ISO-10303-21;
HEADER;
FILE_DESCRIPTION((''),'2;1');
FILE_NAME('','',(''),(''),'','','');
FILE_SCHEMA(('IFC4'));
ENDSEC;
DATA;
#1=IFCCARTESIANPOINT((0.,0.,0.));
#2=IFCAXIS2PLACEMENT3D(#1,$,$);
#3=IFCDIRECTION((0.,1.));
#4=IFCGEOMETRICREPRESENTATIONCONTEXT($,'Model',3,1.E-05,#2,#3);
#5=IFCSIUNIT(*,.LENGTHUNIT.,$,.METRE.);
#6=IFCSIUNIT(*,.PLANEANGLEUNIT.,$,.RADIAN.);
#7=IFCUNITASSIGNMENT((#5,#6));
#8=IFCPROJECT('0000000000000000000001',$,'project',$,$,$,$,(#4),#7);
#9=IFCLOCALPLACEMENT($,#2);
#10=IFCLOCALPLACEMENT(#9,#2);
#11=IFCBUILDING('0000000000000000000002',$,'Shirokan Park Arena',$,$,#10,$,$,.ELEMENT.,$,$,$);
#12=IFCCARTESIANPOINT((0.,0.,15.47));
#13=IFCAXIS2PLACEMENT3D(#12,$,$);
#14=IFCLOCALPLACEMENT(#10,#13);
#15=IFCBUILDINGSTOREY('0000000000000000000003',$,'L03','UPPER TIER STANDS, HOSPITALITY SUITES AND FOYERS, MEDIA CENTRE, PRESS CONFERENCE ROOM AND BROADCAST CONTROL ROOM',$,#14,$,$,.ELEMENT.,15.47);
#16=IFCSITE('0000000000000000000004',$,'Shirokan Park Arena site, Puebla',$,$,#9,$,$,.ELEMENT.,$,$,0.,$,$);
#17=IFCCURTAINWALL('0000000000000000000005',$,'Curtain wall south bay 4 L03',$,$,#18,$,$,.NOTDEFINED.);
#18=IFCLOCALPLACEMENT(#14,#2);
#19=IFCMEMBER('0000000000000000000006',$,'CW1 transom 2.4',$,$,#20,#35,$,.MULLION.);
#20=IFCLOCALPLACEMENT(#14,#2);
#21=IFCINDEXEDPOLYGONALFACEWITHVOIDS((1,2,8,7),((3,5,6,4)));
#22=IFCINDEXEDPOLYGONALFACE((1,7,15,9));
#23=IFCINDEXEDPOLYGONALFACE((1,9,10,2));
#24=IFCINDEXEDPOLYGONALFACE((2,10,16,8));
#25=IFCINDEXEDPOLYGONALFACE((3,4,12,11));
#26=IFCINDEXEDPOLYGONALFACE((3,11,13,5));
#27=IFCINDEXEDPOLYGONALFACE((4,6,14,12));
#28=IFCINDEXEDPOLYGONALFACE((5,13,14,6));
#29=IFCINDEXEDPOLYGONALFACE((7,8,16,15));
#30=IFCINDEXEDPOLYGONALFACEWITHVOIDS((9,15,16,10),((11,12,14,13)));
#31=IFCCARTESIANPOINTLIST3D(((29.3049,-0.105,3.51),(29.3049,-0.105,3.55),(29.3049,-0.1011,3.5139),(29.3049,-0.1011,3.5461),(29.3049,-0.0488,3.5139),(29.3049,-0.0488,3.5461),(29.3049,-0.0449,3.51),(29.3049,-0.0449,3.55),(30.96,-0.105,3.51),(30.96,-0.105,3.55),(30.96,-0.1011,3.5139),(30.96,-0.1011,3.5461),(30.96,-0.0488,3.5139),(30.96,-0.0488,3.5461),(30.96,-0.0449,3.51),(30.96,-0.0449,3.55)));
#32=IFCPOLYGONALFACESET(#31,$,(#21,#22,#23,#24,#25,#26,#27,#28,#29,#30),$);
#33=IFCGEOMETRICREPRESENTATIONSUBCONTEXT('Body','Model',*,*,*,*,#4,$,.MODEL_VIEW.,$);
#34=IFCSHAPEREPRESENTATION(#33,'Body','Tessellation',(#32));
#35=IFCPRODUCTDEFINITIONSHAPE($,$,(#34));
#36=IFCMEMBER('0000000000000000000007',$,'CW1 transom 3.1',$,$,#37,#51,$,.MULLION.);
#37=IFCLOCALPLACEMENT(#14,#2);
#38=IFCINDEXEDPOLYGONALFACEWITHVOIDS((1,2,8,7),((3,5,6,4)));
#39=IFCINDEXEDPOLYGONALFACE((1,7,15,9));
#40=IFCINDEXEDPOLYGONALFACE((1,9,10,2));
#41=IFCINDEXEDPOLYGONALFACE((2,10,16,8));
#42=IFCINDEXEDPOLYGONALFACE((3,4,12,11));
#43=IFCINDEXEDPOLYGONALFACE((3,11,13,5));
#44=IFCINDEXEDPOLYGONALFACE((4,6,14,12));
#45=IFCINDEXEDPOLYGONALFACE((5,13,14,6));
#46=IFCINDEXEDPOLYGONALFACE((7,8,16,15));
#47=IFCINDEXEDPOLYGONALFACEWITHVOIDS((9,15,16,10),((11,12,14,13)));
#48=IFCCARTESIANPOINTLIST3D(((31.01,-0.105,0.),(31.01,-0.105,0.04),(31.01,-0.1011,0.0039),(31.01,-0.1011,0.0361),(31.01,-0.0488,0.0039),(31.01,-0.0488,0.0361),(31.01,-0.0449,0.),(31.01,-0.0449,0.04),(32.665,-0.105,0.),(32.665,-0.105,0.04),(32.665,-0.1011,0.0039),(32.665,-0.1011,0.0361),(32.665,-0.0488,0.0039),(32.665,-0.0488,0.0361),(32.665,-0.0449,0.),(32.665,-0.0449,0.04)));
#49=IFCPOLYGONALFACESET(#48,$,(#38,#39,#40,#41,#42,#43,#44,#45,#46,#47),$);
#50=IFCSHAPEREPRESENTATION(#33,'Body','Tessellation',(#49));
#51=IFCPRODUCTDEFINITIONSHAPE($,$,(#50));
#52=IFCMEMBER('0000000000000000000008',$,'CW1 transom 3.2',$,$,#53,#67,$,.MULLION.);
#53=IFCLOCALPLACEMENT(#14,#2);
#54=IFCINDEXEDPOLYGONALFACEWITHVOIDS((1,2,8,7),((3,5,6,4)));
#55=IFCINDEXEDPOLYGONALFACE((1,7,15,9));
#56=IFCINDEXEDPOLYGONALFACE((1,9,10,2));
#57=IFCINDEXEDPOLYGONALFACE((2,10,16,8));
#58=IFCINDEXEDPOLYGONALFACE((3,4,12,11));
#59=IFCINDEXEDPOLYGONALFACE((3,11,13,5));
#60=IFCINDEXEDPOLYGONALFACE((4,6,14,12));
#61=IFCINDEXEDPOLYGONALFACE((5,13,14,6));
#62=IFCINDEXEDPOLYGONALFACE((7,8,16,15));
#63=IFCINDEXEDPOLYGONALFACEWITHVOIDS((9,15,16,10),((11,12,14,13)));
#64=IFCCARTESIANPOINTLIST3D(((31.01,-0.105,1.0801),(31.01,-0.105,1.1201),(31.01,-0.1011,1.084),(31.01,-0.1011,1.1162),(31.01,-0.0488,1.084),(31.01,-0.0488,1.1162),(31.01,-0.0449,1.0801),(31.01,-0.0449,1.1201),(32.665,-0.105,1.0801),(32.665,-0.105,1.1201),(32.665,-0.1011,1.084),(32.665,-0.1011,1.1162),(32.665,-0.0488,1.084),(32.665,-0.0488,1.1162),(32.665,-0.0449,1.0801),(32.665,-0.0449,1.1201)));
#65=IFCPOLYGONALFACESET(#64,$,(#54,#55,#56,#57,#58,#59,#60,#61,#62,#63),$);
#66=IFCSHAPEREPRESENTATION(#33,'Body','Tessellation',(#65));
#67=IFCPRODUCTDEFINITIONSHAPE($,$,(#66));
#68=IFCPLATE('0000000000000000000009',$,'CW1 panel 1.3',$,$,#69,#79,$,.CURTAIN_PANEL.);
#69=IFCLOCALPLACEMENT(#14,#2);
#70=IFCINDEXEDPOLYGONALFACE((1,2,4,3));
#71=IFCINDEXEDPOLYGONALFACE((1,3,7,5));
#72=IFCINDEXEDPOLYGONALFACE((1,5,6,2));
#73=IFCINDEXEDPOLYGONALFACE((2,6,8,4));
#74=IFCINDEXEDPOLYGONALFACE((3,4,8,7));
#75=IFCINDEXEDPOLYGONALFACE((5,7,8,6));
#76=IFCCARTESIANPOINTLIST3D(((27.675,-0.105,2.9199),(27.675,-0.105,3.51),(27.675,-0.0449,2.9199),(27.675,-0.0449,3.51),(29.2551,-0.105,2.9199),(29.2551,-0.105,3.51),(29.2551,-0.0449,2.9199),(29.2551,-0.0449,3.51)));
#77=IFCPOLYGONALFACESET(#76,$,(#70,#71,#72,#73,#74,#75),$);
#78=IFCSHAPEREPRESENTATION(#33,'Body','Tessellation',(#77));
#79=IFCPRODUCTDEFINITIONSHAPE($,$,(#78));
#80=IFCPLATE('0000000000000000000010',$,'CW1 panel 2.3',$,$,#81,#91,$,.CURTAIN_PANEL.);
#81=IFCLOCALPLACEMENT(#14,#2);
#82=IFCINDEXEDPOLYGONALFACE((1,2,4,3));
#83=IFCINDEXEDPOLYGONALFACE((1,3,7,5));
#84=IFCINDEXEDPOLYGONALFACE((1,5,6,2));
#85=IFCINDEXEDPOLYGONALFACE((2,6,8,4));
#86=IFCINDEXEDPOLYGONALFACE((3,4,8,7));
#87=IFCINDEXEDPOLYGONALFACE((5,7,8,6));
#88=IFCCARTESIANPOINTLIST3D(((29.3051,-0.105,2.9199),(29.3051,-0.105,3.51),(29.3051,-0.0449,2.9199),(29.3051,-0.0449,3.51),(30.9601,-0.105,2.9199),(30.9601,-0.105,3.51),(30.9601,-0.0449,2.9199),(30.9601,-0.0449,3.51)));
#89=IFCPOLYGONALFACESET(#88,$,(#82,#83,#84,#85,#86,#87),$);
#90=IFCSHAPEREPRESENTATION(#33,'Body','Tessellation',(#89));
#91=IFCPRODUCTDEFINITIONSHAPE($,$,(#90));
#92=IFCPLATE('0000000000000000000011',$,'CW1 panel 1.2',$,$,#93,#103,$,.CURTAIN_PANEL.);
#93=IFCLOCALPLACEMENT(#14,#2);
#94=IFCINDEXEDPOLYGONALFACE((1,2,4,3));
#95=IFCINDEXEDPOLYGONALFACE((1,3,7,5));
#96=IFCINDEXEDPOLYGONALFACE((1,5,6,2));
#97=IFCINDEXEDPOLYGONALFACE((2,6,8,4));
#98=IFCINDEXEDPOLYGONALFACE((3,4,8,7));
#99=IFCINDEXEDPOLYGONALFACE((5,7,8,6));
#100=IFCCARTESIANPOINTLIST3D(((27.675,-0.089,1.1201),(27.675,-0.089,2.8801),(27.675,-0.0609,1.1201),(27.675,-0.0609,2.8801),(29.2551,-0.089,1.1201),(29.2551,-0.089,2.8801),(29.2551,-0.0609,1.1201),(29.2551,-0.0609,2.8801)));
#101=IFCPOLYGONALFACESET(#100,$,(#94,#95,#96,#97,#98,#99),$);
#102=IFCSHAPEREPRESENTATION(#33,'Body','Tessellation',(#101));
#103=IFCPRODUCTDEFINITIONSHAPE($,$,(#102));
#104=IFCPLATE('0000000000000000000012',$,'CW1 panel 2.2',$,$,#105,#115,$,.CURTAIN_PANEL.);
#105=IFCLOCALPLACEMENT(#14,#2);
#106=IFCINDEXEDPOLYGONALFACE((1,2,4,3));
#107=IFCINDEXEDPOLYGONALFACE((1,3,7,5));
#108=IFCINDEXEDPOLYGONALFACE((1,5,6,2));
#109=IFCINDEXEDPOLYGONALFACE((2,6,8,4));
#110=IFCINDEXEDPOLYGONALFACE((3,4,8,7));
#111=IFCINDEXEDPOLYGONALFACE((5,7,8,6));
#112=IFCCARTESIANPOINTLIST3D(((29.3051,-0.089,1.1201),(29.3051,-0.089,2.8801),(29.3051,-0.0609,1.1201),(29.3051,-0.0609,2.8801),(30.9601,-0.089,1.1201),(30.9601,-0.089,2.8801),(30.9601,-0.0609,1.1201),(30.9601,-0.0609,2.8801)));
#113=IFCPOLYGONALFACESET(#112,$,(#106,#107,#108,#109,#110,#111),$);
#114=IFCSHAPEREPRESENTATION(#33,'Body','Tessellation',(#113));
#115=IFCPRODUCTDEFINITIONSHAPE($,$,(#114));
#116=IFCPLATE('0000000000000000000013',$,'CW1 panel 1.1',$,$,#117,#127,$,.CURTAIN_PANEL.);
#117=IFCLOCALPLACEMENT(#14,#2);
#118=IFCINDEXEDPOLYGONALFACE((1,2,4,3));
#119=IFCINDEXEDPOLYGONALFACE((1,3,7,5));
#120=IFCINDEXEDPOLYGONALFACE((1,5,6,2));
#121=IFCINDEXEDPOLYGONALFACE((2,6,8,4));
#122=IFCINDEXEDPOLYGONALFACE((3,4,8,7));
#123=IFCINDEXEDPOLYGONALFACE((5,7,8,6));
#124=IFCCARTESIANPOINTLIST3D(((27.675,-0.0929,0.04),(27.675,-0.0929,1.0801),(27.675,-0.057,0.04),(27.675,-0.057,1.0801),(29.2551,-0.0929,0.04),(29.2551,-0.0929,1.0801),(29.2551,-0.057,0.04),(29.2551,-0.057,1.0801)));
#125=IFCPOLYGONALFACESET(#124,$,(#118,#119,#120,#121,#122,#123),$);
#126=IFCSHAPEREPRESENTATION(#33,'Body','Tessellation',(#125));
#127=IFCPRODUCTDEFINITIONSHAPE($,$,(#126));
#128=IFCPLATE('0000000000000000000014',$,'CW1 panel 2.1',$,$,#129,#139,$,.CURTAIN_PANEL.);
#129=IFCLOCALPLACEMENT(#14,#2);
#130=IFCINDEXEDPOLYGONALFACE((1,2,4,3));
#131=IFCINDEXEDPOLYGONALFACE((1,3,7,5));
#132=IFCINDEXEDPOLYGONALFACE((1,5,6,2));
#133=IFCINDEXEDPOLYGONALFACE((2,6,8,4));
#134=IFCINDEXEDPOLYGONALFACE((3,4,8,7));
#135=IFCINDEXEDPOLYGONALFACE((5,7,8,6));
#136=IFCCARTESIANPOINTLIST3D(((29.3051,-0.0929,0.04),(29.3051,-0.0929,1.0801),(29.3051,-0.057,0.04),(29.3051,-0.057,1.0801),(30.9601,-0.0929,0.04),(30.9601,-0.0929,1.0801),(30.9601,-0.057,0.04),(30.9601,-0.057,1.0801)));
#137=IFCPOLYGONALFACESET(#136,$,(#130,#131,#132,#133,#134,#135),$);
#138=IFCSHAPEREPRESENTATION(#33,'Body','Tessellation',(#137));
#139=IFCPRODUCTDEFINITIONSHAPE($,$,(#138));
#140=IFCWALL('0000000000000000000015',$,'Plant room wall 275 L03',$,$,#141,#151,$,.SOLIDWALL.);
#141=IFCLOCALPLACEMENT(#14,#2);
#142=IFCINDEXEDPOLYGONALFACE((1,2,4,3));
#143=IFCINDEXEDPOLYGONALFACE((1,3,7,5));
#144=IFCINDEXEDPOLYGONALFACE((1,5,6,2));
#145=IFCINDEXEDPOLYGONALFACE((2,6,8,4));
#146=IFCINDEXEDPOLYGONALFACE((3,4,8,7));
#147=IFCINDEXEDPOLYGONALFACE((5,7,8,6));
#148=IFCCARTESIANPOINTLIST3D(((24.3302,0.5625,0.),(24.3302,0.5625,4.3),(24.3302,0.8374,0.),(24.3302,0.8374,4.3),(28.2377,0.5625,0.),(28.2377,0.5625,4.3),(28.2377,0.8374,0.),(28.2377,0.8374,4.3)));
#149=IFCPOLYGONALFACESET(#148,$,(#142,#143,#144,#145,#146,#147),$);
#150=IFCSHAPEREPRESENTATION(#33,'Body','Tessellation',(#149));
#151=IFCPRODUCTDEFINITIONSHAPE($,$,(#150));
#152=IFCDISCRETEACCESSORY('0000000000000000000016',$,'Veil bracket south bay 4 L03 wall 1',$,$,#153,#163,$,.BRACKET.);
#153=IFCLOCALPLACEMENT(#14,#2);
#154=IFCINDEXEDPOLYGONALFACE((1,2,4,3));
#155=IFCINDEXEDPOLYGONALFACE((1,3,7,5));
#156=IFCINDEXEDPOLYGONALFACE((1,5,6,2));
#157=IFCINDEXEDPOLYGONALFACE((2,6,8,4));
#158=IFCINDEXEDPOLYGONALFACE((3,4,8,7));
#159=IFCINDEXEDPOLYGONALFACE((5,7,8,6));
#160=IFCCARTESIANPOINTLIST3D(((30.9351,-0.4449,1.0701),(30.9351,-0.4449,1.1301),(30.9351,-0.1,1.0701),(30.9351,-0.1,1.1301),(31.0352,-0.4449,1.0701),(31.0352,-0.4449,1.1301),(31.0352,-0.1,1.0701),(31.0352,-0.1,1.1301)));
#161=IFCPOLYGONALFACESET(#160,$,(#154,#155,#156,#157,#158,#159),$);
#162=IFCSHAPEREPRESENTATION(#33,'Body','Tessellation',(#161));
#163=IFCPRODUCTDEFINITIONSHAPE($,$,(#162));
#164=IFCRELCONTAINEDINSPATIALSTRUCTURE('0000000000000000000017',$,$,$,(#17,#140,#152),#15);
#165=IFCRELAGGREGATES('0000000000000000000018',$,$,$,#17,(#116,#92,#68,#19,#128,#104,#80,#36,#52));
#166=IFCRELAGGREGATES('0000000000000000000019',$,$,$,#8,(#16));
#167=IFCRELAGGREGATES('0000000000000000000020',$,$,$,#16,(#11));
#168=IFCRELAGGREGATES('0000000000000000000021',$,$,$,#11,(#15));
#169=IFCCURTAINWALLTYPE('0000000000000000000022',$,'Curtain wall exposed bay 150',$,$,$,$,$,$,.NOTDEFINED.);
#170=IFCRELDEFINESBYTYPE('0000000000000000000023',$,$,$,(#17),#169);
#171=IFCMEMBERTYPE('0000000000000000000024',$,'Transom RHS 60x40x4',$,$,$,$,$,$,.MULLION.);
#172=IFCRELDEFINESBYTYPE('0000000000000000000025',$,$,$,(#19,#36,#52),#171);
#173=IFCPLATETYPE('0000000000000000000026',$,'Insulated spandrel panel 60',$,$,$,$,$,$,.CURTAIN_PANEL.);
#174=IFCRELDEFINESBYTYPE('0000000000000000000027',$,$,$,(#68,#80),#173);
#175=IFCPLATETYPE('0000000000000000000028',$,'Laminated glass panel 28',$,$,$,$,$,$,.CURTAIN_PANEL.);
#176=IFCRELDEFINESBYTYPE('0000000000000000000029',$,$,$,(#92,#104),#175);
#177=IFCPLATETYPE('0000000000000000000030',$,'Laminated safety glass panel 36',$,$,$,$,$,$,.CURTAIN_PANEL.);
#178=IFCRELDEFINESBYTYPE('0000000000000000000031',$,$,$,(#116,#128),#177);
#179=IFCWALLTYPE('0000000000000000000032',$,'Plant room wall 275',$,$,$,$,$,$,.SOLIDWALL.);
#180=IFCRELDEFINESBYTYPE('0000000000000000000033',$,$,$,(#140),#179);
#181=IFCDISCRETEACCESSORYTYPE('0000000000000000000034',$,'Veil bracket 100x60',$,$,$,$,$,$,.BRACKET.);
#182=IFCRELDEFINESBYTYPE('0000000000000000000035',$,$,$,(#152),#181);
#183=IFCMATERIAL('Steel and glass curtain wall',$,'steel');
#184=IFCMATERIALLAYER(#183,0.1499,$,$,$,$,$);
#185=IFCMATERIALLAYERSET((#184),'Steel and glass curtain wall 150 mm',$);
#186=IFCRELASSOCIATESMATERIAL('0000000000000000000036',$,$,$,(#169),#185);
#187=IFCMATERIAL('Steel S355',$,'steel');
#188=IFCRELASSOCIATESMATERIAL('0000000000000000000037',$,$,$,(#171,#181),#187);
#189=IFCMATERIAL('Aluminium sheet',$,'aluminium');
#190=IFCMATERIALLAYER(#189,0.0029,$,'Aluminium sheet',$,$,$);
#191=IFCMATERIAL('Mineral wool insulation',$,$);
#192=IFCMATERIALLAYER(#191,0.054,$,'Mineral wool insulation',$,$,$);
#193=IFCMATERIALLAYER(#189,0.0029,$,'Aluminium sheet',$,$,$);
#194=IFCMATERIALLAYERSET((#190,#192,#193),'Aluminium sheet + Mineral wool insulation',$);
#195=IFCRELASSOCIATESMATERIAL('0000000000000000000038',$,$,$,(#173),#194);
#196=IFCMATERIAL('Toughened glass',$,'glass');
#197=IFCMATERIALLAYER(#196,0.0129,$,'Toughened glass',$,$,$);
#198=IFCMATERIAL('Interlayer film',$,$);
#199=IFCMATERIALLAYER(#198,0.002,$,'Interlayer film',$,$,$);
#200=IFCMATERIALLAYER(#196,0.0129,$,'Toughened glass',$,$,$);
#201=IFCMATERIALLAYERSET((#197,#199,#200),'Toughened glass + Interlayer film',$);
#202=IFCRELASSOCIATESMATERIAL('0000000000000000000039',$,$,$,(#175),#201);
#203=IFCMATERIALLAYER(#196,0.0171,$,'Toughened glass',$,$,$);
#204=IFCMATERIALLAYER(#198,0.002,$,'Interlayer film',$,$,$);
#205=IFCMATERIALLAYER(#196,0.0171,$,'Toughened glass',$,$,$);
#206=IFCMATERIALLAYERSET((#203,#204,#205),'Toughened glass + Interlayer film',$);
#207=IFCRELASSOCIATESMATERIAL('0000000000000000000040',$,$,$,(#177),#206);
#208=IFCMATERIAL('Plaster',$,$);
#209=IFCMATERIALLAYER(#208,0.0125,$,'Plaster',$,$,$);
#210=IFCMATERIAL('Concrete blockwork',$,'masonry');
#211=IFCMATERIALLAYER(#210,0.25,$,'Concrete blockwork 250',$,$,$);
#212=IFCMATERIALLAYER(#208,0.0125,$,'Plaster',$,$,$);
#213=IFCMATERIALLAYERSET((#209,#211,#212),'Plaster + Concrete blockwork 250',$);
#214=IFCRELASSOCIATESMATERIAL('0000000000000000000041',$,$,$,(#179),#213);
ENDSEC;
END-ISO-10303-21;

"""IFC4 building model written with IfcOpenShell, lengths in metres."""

from ifc_helpers import new_model, si_unit, direction, frame, frame_2d, origin, origin_2d, place, context, subcontext, project, spatial, rectangle, hollow_rectangle, extrude, material, layer, layer_set, material_profile, profile_set, type_object, element, aggregate, save


model = new_model("IFC4")

# Units and contexts
model_context = context("Model", 3, precision=1e-05, world=origin(), true_north=direction((0.0, 1.0)))
body_context = subcontext(model_context, "Body", "Model", "MODEL_VIEW")
ifc_project = project(units=[si_unit("LENGTHUNIT", "METRE"), si_unit("PLANEANGLEUNIT", "RADIAN")], contexts=[model_context])

# Site, building, storey
site_placement = place(None, origin())
site = spatial("IfcSite", under=ifc_project, at=site_placement, Name="Shirokan Park Arena site, Puebla", CompositionType="ELEMENT", RefElevation=0.0)
building_placement = place(site_placement, origin())
building = spatial("IfcBuilding", under=site, at=building_placement, Name="Shirokan Park Arena", CompositionType="ELEMENT")
storey_placement = place(building_placement, frame((0.0, 0.0, 15.47)))
storey = spatial("IfcBuildingStorey", under=building, at=storey_placement, Name="L03", Description="UPPER TIER STANDS, HOSPITALITY SUITES AND FOYERS, MEDIA CENTRE, PRESS CONFERENCE ROOM AND BROADCAST CONTROL ROOM", CompositionType="ELEMENT", Elevation=15.47)

# Curtain wall
ifc_material_1 = material(Name="Steel and glass curtain wall", Category="steel")
ifc_layer_1 = layer(ifc_material_1, 0.1499)
ifc_layer_set_1 = layer_set([ifc_layer_1], Name="Steel and glass curtain wall 150 mm")
curtain_wall_type = type_object("IfcCurtainWallType", Name="Curtain wall exposed bay 150", PredefinedType="NOTDEFINED", material=ifc_layer_set_1)
curtain_wall_placement = place(storey_placement, origin())
curtain_wall = element("IfcCurtainWall", 1, at=curtain_wall_placement, inside=storey, type_object=curtain_wall_type, Name="Curtain wall south bay 4 L03", PredefinedType="NOTDEFINED")
ifc_material_2 = material(Name="Steel S355", Category="steel")

# Members
ifc_material_profile_1 = material_profile(ifc_material_2, hollow_rectangle(XDim=0.0601, YDim=0.04, WallThickness=0.0039, at=origin_2d()), Name="RHS 60x40x4")
ifc_profile_set_1 = profile_set([ifc_material_profile_1], Name="Steel S355")
member_type_1 = type_object("IfcMemberType", Name="Transom RHS 60x40x4", PredefinedType="MULLION", material=ifc_profile_set_1)
member_1_placement = place(storey_placement, frame((29.3049, -0.075, 3.53), z_axis=(1.0, 0.0, 0.0), x_axis=(0.0, 1.0, 0.0)))
member_1 = element("IfcMember", 2, at=member_1_placement, type_object=member_type_1, Name="CW1 transom 2.4", PredefinedType="MULLION", context=body_context, shape_type="SweptSolid", body=[
    extrude(hollow_rectangle(XDim=0.0601, YDim=0.04, WallThickness=0.0039, at=origin_2d()), origin(), (0.0, 0.0, 1.0), 1.655),
])
member_2_placement = place(storey_placement, frame((31.01, -0.075, 0.02), z_axis=(1.0, 0.0, 0.0), x_axis=(0.0, 1.0, 0.0)))
member_2 = element("IfcMember", 3, at=member_2_placement, type_object=member_type_1, Name="CW1 transom 3.1", PredefinedType="MULLION", context=body_context, shape_type="SweptSolid", body=[
    extrude(hollow_rectangle(XDim=0.0601, YDim=0.04, WallThickness=0.0039, at=origin_2d()), origin(), (0.0, 0.0, 1.0), 1.655),
])
member_3_placement = place(storey_placement, frame((31.01, -0.075, 1.1001), z_axis=(1.0, 0.0, 0.0), x_axis=(0.0, 1.0, 0.0)))
member_3 = element("IfcMember", 4, at=member_3_placement, type_object=member_type_1, Name="CW1 transom 3.2", PredefinedType="MULLION", context=body_context, shape_type="SweptSolid", body=[
    extrude(hollow_rectangle(XDim=0.0601, YDim=0.04, WallThickness=0.0039, at=origin_2d()), origin(), (0.0, 0.0, 1.0), 1.655),
])

# Plates
ifc_material_3 = material(Name="Aluminium sheet", Category="aluminium")
ifc_layer_2 = layer(ifc_material_3, 0.0029, Name="Aluminium sheet")
ifc_material_4 = material(Name="Mineral wool insulation")
ifc_layer_3 = layer(ifc_material_4, 0.054, Name="Mineral wool insulation")
ifc_layer_4 = layer(ifc_material_3, 0.0029, Name="Aluminium sheet")
ifc_layer_set_2 = layer_set([ifc_layer_2, ifc_layer_3, ifc_layer_4], Name="Aluminium sheet + Mineral wool insulation")
plate_type_1 = type_object("IfcPlateType", Name="Insulated spandrel panel 60", PredefinedType="CURTAIN_PANEL", material=ifc_layer_set_2)
plate_1_placement = place(storey_placement, frame((28.4651, -0.075, 2.9199), z_axis=(0.0, 0.0, 1.0), x_axis=(1.0, 0.0, 0.0)))
plate_1 = element("IfcPlate", 5, at=plate_1_placement, type_object=plate_type_1, Name="CW1 panel 1.3", PredefinedType="CURTAIN_PANEL", context=body_context, shape_type="SweptSolid", body=[
    extrude(rectangle(XDim=1.5801, YDim=0.0601, at=origin_2d()), origin(), (0.0, 0.0, 1.0), 0.5901),
])
plate_2_placement = place(storey_placement, frame((30.1326, -0.075, 2.9199), z_axis=(0.0, 0.0, 1.0), x_axis=(1.0, 0.0, 0.0)))
plate_2 = element("IfcPlate", 6, at=plate_2_placement, type_object=plate_type_1, Name="CW1 panel 2.3", PredefinedType="CURTAIN_PANEL", context=body_context, shape_type="SweptSolid", body=[
    extrude(rectangle(XDim=1.655, YDim=0.0601, at=origin_2d()), origin(), (0.0, 0.0, 1.0), 0.5901),
])
ifc_material_5 = material(Name="Toughened glass", Category="glass")
ifc_layer_5 = layer(ifc_material_5, 0.0129, Name="Toughened glass")
ifc_material_6 = material(Name="Interlayer film")
ifc_layer_6 = layer(ifc_material_6, 0.002, Name="Interlayer film")
ifc_layer_7 = layer(ifc_material_5, 0.0129, Name="Toughened glass")
ifc_layer_set_3 = layer_set([ifc_layer_5, ifc_layer_6, ifc_layer_7], Name="Toughened glass + Interlayer film")
plate_type_2 = type_object("IfcPlateType", Name="Laminated glass panel 28", PredefinedType="CURTAIN_PANEL", material=ifc_layer_set_3)
plate_3_placement = place(storey_placement, frame((28.4651, -0.075, 1.1201), z_axis=(0.0, 0.0, 1.0), x_axis=(1.0, 0.0, 0.0)))
plate_3 = element("IfcPlate", 7, at=plate_3_placement, type_object=plate_type_2, Name="CW1 panel 1.2", PredefinedType="CURTAIN_PANEL", context=body_context, shape_type="SweptSolid", body=[
    extrude(rectangle(XDim=1.5801, YDim=0.0281, at=origin_2d()), origin(), (0.0, 0.0, 1.0), 1.76),
])
plate_4_placement = place(storey_placement, frame((30.1326, -0.075, 1.1201), z_axis=(0.0, 0.0, 1.0), x_axis=(1.0, 0.0, 0.0)))
plate_4 = element("IfcPlate", 8, at=plate_4_placement, type_object=plate_type_2, Name="CW1 panel 2.2", PredefinedType="CURTAIN_PANEL", context=body_context, shape_type="SweptSolid", body=[
    extrude(rectangle(XDim=1.655, YDim=0.0281, at=origin_2d()), origin(), (0.0, 0.0, 1.0), 1.76),
])
ifc_layer_8 = layer(ifc_material_5, 0.0171, Name="Toughened glass")
ifc_layer_9 = layer(ifc_material_6, 0.002, Name="Interlayer film")
ifc_layer_10 = layer(ifc_material_5, 0.0171, Name="Toughened glass")
ifc_layer_set_4 = layer_set([ifc_layer_8, ifc_layer_9, ifc_layer_10], Name="Toughened glass + Interlayer film")
plate_type_3 = type_object("IfcPlateType", Name="Laminated safety glass panel 36", PredefinedType="CURTAIN_PANEL", material=ifc_layer_set_4)
plate_5_placement = place(storey_placement, frame((28.4651, -0.075, 0.04), z_axis=(0.0, 0.0, 1.0), x_axis=(1.0, 0.0, 0.0)))
plate_5 = element("IfcPlate", 9, at=plate_5_placement, type_object=plate_type_3, Name="CW1 panel 1.1", PredefinedType="CURTAIN_PANEL", context=body_context, shape_type="SweptSolid", body=[
    extrude(rectangle(XDim=1.5801, YDim=0.0359, at=origin_2d()), origin(), (0.0, 0.0, 1.0), 1.04),
])
plate_6_placement = place(storey_placement, frame((30.1326, -0.075, 0.04), z_axis=(0.0, 0.0, 1.0), x_axis=(1.0, 0.0, 0.0)))
plate_6 = element("IfcPlate", 10, at=plate_6_placement, type_object=plate_type_3, Name="CW1 panel 2.1", PredefinedType="CURTAIN_PANEL", context=body_context, shape_type="SweptSolid", body=[
    extrude(rectangle(XDim=1.655, YDim=0.0359, at=origin_2d()), origin(), (0.0, 0.0, 1.0), 1.04),
])
aggregate(curtain_wall, [plate_5, plate_3, plate_1, member_1, plate_6, plate_4, plate_2, member_2, member_3])

# Wall
ifc_material_7 = material(Name="Plaster")
ifc_layer_11 = layer(ifc_material_7, 0.0125, Name="Plaster")
ifc_material_8 = material(Name="Concrete blockwork", Category="masonry")
ifc_layer_12 = layer(ifc_material_8, 0.25, Name="Concrete blockwork 250")
ifc_layer_13 = layer(ifc_material_7, 0.0125, Name="Plaster")
ifc_layer_set_5 = layer_set([ifc_layer_11, ifc_layer_12, ifc_layer_13], Name="Plaster + Concrete blockwork 250")
wall_type = type_object("IfcWallType", Name="Plant room wall 275", PredefinedType="SOLIDWALL", material=ifc_layer_set_5)
wall_placement = place(storey_placement, frame((28.2375, 0.7, 0.0), z_axis=(0.0, 0.0, 1.0), x_axis=(-1.0, 0.0, 0.0)))
element("IfcWall", 11, at=wall_placement, inside=storey, type_object=wall_type, Name="Plant room wall 275 L03", PredefinedType="SOLIDWALL", context=body_context, shape_type="SweptSolid", body=[
    extrude(rectangle(XDim=3.9075, YDim=0.2749, at=frame_2d((1.9536, 0.0))), origin(), (0.0, 0.0, 1.0), 4.3),
])

# Discrete accessory
discrete_accessory_type = type_object("IfcDiscreteAccessoryType", Name="Veil bracket 100x60", PredefinedType="BRACKET", material=ifc_material_2)
discrete_accessory_placement = place(storey_placement, frame((30.9851, -0.2725, 1.0701), z_axis=(0.0, 0.0, 1.0), x_axis=(1.0, 0.0, 0.0)))
element("IfcDiscreteAccessory", 12, at=discrete_accessory_placement, inside=storey, type_object=discrete_accessory_type, Name="Veil bracket south bay 4 L03 wall 1", PredefinedType="BRACKET", context=body_context, shape_type="SweptSolid", body=[
    extrude(rectangle(XDim=0.1001, YDim=0.345, at=origin_2d()), origin(), (0.0, 0.0, 1.0), 0.0601),
])

save(model, "model.ifc")
